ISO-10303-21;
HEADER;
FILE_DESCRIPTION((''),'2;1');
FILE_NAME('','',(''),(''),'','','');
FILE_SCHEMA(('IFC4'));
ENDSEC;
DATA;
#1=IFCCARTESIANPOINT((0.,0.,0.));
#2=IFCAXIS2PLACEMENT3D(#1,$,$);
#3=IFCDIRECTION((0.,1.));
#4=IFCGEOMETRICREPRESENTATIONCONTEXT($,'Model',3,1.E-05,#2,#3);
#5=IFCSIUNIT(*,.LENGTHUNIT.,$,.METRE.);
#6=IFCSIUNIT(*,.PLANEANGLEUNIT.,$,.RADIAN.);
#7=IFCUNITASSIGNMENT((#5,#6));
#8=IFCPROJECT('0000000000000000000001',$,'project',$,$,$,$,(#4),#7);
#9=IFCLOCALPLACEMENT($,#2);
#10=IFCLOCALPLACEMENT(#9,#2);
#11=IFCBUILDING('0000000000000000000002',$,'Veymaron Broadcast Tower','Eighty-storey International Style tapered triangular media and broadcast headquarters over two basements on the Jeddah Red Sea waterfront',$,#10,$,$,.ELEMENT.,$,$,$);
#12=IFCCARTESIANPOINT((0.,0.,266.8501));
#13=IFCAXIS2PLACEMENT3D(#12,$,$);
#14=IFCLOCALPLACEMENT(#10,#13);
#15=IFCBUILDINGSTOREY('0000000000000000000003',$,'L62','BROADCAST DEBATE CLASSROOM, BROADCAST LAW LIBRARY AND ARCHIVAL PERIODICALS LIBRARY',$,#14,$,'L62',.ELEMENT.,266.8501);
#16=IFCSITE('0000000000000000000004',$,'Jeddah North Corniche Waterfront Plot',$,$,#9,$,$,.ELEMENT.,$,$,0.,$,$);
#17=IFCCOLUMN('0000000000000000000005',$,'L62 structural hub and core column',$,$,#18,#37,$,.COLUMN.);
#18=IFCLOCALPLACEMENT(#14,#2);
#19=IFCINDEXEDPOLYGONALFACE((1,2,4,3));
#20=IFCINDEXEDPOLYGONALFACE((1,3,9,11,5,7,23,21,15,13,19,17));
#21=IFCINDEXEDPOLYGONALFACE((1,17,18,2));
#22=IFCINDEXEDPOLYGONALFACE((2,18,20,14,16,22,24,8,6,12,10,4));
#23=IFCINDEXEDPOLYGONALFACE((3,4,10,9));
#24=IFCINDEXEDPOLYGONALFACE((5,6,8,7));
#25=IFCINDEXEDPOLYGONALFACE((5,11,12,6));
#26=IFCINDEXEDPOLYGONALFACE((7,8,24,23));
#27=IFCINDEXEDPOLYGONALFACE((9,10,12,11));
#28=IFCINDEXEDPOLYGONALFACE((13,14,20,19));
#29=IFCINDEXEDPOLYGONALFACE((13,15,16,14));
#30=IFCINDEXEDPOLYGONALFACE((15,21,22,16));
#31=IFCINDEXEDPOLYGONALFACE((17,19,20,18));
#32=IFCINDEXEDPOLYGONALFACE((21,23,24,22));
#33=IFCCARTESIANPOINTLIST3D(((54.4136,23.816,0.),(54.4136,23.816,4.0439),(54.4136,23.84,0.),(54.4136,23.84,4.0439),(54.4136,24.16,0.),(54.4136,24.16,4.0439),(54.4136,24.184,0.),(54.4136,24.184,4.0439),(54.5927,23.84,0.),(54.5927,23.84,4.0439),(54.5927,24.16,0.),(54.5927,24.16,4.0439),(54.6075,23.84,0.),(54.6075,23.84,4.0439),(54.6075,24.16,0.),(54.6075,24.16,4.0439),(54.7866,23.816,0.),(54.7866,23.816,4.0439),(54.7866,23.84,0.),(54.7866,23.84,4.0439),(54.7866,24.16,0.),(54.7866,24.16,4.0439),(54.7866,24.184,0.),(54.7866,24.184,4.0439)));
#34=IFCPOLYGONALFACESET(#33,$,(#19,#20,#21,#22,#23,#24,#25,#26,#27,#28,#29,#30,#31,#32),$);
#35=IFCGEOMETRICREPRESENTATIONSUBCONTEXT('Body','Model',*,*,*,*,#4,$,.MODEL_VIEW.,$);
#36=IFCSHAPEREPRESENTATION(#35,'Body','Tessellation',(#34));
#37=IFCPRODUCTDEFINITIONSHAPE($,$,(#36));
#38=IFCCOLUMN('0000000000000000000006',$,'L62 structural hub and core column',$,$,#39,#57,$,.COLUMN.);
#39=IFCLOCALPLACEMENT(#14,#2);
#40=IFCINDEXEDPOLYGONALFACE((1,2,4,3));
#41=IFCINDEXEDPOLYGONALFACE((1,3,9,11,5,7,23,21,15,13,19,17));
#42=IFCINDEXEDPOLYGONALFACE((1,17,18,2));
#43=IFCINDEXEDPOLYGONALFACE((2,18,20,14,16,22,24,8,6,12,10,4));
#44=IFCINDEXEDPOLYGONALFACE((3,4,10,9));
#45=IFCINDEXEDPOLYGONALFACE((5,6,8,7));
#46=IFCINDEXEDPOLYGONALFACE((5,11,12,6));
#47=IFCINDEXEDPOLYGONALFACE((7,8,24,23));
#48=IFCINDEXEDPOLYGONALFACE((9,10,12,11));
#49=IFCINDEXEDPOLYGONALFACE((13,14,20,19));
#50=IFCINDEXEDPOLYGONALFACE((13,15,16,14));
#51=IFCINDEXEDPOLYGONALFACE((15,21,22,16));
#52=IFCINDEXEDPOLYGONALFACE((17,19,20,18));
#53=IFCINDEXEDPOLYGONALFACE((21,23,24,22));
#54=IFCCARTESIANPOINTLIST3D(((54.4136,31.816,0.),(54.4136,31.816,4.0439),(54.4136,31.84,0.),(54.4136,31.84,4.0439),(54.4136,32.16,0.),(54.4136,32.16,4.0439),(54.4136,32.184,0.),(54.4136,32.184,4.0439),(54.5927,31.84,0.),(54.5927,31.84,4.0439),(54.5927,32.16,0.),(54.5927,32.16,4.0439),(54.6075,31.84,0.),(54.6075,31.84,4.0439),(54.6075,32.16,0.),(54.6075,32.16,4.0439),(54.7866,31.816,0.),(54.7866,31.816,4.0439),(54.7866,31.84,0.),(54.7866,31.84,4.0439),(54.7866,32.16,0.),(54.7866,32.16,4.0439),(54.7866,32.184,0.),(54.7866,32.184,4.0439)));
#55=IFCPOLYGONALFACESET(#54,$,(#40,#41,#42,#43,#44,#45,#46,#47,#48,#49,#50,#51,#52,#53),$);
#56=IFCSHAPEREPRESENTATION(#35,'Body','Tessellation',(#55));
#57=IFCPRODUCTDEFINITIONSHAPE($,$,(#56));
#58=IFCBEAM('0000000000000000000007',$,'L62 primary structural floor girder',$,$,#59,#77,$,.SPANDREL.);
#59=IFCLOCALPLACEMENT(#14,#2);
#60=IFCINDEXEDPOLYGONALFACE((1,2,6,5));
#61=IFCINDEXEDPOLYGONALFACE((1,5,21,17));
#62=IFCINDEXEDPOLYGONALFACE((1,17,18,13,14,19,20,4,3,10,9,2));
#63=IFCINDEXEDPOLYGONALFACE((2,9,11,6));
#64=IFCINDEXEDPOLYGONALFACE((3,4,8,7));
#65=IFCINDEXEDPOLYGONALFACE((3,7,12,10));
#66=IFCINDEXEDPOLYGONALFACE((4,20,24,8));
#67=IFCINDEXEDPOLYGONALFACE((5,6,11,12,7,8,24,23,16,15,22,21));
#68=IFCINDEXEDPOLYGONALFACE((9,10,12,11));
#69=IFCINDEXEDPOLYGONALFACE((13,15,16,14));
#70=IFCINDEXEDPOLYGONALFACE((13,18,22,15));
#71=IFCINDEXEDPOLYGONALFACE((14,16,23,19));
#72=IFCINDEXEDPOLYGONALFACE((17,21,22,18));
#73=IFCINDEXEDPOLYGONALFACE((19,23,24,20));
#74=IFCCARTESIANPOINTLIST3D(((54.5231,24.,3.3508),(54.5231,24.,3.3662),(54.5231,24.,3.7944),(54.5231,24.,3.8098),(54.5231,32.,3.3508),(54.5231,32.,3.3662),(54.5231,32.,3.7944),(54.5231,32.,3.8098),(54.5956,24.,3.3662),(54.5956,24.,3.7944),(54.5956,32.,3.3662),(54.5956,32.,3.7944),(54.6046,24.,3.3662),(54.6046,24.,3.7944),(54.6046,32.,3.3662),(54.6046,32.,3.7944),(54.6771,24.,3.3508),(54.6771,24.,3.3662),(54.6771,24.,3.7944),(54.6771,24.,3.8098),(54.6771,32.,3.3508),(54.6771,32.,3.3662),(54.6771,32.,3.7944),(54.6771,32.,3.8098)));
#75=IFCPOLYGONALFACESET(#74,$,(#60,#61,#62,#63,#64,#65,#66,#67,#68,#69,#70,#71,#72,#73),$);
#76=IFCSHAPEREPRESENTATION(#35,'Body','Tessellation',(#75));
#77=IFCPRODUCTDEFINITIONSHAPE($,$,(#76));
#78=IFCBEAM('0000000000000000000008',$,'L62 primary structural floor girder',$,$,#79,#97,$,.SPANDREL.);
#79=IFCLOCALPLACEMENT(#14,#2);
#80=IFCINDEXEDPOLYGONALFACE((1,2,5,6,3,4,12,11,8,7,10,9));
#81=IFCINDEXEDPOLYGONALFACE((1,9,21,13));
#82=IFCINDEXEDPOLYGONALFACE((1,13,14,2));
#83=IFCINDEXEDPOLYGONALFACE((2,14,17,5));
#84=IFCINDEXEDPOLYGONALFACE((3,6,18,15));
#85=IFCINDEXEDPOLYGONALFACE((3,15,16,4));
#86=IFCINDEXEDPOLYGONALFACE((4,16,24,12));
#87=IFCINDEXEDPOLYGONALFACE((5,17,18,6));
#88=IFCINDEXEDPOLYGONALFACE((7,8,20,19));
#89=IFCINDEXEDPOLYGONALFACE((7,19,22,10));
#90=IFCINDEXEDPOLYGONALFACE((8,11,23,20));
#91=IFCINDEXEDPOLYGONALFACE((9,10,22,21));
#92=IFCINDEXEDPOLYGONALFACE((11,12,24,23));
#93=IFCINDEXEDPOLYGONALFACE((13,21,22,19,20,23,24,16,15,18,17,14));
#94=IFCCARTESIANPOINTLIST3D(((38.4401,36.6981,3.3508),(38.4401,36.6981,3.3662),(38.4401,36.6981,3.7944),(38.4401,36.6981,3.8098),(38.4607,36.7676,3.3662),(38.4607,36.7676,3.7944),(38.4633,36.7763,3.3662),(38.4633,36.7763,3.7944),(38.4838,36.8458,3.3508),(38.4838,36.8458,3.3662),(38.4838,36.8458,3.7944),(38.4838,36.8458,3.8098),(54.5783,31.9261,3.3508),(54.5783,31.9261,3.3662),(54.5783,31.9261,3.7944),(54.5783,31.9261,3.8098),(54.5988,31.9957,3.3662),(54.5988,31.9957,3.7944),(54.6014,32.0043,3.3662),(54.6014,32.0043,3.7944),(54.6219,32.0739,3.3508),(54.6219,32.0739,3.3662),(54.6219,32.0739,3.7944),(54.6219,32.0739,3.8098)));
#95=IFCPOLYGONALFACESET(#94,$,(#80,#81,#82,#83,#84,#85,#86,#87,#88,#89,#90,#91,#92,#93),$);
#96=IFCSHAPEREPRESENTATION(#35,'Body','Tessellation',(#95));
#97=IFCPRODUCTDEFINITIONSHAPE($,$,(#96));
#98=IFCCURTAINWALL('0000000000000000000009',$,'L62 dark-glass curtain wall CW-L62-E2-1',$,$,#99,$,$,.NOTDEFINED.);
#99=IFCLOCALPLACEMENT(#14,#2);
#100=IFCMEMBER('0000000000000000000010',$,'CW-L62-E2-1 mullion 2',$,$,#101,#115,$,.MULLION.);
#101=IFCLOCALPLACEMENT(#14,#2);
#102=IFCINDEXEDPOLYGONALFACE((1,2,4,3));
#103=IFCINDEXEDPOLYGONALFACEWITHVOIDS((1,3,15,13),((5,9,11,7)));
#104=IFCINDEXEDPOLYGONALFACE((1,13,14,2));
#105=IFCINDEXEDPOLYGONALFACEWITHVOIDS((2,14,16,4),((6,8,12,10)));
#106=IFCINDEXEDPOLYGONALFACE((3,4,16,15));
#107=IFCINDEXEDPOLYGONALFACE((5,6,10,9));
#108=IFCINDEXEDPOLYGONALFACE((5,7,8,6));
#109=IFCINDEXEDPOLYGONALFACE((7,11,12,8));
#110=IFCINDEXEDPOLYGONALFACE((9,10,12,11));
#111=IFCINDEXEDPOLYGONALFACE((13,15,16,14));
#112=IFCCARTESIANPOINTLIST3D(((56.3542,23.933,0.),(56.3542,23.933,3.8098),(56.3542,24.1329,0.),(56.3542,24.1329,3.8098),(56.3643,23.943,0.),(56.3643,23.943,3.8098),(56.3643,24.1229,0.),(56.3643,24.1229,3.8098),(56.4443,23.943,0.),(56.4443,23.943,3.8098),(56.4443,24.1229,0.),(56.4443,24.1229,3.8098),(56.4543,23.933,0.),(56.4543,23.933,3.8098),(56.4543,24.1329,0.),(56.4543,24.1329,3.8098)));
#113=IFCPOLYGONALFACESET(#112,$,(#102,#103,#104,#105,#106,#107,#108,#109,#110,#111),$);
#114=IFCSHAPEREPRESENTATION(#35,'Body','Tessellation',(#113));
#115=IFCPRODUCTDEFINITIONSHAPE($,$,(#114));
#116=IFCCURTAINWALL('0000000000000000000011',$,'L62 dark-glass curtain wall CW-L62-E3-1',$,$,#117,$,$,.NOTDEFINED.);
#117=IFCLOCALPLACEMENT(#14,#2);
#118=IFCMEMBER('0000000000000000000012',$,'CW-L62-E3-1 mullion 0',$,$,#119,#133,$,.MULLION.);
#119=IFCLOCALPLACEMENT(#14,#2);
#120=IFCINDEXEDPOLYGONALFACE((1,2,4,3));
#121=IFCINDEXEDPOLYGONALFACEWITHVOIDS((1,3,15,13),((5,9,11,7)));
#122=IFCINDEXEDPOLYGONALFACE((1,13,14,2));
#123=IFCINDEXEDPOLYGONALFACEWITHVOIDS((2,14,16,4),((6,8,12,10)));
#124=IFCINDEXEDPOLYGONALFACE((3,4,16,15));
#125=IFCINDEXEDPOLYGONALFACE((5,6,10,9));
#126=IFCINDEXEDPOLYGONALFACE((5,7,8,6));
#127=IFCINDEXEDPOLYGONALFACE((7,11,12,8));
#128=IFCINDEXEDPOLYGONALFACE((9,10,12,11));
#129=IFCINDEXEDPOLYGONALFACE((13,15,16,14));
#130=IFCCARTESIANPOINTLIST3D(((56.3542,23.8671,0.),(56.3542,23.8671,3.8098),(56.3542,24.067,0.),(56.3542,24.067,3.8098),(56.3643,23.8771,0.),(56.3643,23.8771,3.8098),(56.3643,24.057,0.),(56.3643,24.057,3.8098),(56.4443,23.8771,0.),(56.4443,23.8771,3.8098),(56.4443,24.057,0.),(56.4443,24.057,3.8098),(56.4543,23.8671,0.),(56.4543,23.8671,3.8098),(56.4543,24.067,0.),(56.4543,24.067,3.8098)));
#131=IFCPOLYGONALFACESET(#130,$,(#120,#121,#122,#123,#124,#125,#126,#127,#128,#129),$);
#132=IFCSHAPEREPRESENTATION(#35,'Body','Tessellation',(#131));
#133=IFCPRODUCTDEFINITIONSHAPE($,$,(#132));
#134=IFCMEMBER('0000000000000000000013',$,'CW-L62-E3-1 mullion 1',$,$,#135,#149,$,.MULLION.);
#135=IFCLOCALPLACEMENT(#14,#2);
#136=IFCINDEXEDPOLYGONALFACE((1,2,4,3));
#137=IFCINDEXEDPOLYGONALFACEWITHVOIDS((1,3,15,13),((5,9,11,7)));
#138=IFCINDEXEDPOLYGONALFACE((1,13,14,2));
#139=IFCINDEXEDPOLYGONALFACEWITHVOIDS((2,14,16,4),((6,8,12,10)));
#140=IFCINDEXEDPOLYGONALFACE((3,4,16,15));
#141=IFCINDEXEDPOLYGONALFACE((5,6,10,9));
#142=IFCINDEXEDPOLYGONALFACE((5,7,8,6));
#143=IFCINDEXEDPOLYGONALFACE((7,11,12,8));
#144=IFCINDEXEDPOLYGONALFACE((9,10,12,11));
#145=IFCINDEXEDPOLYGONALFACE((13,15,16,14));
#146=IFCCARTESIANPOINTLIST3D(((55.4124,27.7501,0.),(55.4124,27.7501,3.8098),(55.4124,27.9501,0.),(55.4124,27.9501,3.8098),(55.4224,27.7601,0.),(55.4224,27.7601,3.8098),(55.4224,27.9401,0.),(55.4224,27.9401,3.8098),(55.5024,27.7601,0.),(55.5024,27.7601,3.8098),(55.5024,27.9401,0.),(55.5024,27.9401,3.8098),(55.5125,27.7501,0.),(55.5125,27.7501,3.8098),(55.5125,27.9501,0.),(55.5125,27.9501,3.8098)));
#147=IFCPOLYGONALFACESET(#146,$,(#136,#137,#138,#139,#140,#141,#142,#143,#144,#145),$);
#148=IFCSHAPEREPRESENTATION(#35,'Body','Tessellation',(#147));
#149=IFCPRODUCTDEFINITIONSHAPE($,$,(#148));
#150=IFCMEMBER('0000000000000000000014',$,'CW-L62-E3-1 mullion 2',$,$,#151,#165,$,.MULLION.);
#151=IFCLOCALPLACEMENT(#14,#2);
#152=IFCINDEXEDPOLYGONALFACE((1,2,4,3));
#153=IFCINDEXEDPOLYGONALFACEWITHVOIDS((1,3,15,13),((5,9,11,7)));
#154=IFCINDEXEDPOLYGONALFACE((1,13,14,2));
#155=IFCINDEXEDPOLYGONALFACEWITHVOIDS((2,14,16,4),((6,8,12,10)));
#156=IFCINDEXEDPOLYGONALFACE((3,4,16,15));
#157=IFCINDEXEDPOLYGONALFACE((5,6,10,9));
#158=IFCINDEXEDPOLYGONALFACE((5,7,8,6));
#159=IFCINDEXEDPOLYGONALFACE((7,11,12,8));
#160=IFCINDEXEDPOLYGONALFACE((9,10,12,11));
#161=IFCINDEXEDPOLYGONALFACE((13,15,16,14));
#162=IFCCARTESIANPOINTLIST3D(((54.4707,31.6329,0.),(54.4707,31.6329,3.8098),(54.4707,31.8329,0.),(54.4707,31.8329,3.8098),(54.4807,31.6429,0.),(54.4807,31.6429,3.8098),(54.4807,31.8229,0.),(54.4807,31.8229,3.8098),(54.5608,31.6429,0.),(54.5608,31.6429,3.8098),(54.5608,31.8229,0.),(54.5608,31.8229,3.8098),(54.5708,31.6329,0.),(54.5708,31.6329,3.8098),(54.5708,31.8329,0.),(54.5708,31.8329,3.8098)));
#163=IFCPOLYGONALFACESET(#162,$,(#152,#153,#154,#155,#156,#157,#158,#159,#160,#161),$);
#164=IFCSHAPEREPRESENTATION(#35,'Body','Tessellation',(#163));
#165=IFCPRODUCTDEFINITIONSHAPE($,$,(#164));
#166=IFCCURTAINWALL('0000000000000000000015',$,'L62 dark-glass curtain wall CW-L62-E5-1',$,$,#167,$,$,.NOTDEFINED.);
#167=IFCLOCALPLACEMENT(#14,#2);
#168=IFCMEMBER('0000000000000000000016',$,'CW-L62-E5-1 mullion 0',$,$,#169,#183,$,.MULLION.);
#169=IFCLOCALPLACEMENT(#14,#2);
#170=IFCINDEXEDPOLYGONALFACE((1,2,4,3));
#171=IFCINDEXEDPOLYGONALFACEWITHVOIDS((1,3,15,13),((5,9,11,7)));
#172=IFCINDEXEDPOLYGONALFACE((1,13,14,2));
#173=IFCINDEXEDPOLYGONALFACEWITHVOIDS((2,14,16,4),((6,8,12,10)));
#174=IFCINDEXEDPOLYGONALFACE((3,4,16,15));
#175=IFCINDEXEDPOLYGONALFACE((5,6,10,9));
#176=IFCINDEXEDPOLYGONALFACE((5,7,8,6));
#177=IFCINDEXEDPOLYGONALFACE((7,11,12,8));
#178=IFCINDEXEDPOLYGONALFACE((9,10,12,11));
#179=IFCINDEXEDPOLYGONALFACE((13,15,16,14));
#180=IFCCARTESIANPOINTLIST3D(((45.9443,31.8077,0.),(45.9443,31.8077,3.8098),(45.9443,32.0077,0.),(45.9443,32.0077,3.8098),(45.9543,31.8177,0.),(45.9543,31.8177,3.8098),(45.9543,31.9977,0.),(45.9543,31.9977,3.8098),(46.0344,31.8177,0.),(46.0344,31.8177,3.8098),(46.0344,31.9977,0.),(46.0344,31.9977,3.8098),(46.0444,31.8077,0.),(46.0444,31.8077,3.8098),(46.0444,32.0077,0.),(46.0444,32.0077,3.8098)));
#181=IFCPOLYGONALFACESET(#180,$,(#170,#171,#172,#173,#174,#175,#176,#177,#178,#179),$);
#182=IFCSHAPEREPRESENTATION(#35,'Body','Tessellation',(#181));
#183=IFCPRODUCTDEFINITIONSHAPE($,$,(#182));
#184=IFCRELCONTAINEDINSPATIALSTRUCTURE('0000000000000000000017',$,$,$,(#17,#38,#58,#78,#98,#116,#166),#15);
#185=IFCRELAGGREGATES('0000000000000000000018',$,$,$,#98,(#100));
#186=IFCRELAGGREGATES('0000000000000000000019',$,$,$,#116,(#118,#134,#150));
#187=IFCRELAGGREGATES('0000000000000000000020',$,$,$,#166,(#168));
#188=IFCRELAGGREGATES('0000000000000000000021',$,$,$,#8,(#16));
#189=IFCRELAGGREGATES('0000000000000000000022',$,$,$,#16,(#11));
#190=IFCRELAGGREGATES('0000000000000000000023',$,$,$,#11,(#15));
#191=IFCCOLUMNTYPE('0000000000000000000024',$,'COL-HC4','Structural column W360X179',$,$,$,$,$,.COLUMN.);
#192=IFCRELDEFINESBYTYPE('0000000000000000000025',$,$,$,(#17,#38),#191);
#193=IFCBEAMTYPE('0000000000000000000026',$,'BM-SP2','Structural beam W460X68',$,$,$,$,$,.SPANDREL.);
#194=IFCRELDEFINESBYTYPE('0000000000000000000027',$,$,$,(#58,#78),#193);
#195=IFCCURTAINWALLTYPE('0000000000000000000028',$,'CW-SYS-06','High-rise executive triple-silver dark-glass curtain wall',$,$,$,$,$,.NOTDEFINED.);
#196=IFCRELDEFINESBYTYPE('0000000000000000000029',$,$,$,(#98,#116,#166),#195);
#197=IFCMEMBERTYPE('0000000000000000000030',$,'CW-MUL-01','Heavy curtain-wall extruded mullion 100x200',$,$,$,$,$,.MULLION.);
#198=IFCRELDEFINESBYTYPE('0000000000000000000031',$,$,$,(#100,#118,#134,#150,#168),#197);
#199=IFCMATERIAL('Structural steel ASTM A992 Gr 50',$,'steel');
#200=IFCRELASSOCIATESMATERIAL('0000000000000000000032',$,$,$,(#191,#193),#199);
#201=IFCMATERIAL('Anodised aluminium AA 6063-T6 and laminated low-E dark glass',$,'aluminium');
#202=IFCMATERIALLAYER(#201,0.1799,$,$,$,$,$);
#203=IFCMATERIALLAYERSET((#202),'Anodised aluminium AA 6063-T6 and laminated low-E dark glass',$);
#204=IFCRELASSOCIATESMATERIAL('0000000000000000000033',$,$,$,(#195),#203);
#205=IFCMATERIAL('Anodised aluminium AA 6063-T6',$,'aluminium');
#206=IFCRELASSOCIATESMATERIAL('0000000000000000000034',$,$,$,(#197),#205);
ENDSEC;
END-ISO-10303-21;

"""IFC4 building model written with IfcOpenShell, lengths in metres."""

from ifc_helpers import new_model, si_unit, direction, frame, origin, origin_2d, place, context, subcontext, project, spatial, hollow_rectangle, i_section, extrude, material, layer, layer_set, material_profile, profile_set, type_object, element, aggregate, save


model = new_model("IFC4")

# Units and contexts
model_context = context("Model", 3, precision=1e-05, world=origin(), true_north=direction((0.0, 1.0)))
body_context = subcontext(model_context, "Body", "Model", "MODEL_VIEW")
ifc_project = project(units=[si_unit("LENGTHUNIT", "METRE"), si_unit("PLANEANGLEUNIT", "RADIAN")], contexts=[model_context])

# Site, building, storey
site_placement = place(None, origin())
site = spatial("IfcSite", under=ifc_project, at=site_placement, Name="Jeddah North Corniche Waterfront Plot", CompositionType="ELEMENT", RefElevation=0.0)
building_placement = place(site_placement, origin())
building = spatial("IfcBuilding", under=site, at=building_placement, Name="Veymaron Broadcast Tower", Description="Eighty-storey International Style tapered triangular media and broadcast headquarters over two basements on the Jeddah Red Sea waterfront", CompositionType="ELEMENT")
storey_placement = place(building_placement, frame((0.0, 0.0, 266.8501)))
storey = spatial("IfcBuildingStorey", under=building, at=storey_placement, Name="L62", Description="BROADCAST DEBATE CLASSROOM, BROADCAST LAW LIBRARY AND ARCHIVAL PERIODICALS LIBRARY", LongName="L62", CompositionType="ELEMENT", Elevation=266.8501)

# Columns
ifc_material_1 = material(Name="Structural steel ASTM A992 Gr 50", Category="steel")
ifc_material_profile_1 = material_profile(ifc_material_1, i_section(OverallWidth=0.373, OverallDepth=0.3679, WebThickness=0.0149, FlangeThickness=0.0239, at=origin_2d()), Name="W360X179")
ifc_profile_set_1 = profile_set([ifc_material_profile_1], Name="Structural steel ASTM A992 Gr 50")
column_type = type_object("IfcColumnType", Name="COL-HC4", Description="Structural column W360X179", PredefinedType="COLUMN", material=ifc_profile_set_1)
for number, where, z_axis, x_axis, name in (
    (1, (54.6001, 24.0, 0.0), (0.0, 0.0, 1.0), (1.0, 0.0, 0.0), "L62 structural hub and core column"),
    (2, (54.6001, 32.0, 0.0), (0.0, 0.0, 1.0), (1.0, 0.0, 0.0), "L62 structural hub and core column"),
):
    element("IfcColumn", number, at=place(storey_placement, frame(where, z_axis=z_axis, x_axis=x_axis)), inside=storey, type_object=column_type, Name=name, PredefinedType="COLUMN", context=body_context, shape_type="SweptSolid", body=[
        extrude(i_section(OverallWidth=0.373, OverallDepth=0.3679, WebThickness=0.0149, FlangeThickness=0.0239, at=origin_2d()), origin(), (0.0, 0.0, 1.0), 4.0439),
    ])

# Beams
ifc_material_profile_2 = material_profile(ifc_material_1, i_section(OverallWidth=0.1541, OverallDepth=0.459, WebThickness=0.009, FlangeThickness=0.0154, at=origin_2d()), Name="W460X68")
ifc_profile_set_2 = profile_set([ifc_material_profile_2], Name="Structural steel ASTM A992 Gr 50")
beam_type = type_object("IfcBeamType", Name="BM-SP2", Description="Structural beam W460X68", PredefinedType="SPANDREL", material=ifc_profile_set_2)
beam_1_placement = place(storey_placement, frame((54.6001, 24.0, 3.5803), z_axis=(0.0, 1.0, 0.0), x_axis=(-1.0, 0.0, 0.0)))
element("IfcBeam", 3, at=beam_1_placement, inside=storey, type_object=beam_type, Name="L62 primary structural floor girder", PredefinedType="SPANDREL", context=body_context, shape_type="SweptSolid", body=[
    extrude(i_section(OverallWidth=0.1541, OverallDepth=0.459, WebThickness=0.009, FlangeThickness=0.0154, at=origin_2d()), origin(), (0.0, 0.0, 1.0), 8.0),
])
beam_2_placement = place(storey_placement, frame((54.6001, 32.0, 3.5803), z_axis=(-0.958955, 0.283558, 0.0), x_axis=(-0.283558, -0.958955, 0.0)))
element("IfcBeam", 4, at=beam_2_placement, inside=storey, type_object=beam_type, Name="L62 primary structural floor girder", PredefinedType="SPANDREL", context=body_context, shape_type="SweptSolid", body=[
    extrude(i_section(OverallWidth=0.1541, OverallDepth=0.459, WebThickness=0.009, FlangeThickness=0.0154, at=origin_2d()), origin(), (0.0, 0.0, 1.0), 16.8289),
])

# Curtain wall, member
ifc_material_2 = material(Name="Anodised aluminium AA 6063-T6 and laminated low-E dark glass", Category="aluminium")
ifc_layer_1 = layer(ifc_material_2, 0.1799)
ifc_layer_set_1 = layer_set([ifc_layer_1], Name="Anodised aluminium AA 6063-T6 and laminated low-E dark glass")
curtain_wall_type = type_object("IfcCurtainWallType", Name="CW-SYS-06", Description="High-rise executive triple-silver dark-glass curtain wall", PredefinedType="NOTDEFINED", material=ifc_layer_set_1)
curtain_wall_1_placement = place(storey_placement, origin())
curtain_wall_1 = element("IfcCurtainWall", 5, at=curtain_wall_1_placement, inside=storey, type_object=curtain_wall_type, Name="L62 dark-glass curtain wall CW-L62-E2-1", PredefinedType="NOTDEFINED")
ifc_material_3 = material(Name="Anodised aluminium AA 6063-T6", Category="aluminium")
ifc_material_profile_3 = material_profile(ifc_material_3, hollow_rectangle(XDim=0.1001, YDim=0.2, WallThickness=0.01, at=origin_2d()), Name="RHS200X100X10")
ifc_profile_set_3 = profile_set([ifc_material_profile_3], Name="Anodised aluminium AA 6063-T6")
member_type_1 = type_object("IfcMemberType", Name="CW-MUL-01", Description="Heavy curtain-wall extruded mullion 100x200", PredefinedType="MULLION", material=ifc_profile_set_3)
member_1_placement = place(storey_placement, frame((56.4043, 24.033, 0.0), z_axis=(0.0, 0.0, 1.0), x_axis=(1.0, 0.0, 0.0)))
member_1 = element("IfcMember", 6, at=member_1_placement, type_object=member_type_1, Name="CW-L62-E2-1 mullion 2", PredefinedType="MULLION", context=body_context, shape_type="SweptSolid", body=[
    extrude(hollow_rectangle(XDim=0.1001, YDim=0.2, WallThickness=0.01, at=origin_2d()), origin(), (0.0, 0.0, 1.0), 3.8098),
])
aggregate(curtain_wall_1, [member_1])

# Curtain wall, members
curtain_wall_2_placement = place(storey_placement, origin())
curtain_wall_2 = element("IfcCurtainWall", 7, at=curtain_wall_2_placement, inside=storey, type_object=curtain_wall_type, Name="L62 dark-glass curtain wall CW-L62-E3-1", PredefinedType="NOTDEFINED")
member_2_placement = place(storey_placement, frame((56.4043, 23.967, 0.0), z_axis=(0.0, 0.0, 1.0), x_axis=(1.0, 0.0, 0.0)))
member_2 = element("IfcMember", 8, at=member_2_placement, type_object=member_type_1, Name="CW-L62-E3-1 mullion 0", PredefinedType="MULLION", context=body_context, shape_type="SweptSolid", body=[
    extrude(hollow_rectangle(XDim=0.1001, YDim=0.2, WallThickness=0.01, at=origin_2d()), origin(), (0.0, 0.0, 1.0), 3.8098),
])
member_3_placement = place(storey_placement, frame((55.4624, 27.8501, 0.0), z_axis=(0.0, 0.0, 1.0), x_axis=(1.0, 0.0, 0.0)))
member_3 = element("IfcMember", 9, at=member_3_placement, type_object=member_type_1, Name="CW-L62-E3-1 mullion 1", PredefinedType="MULLION", context=body_context, shape_type="SweptSolid", body=[
    extrude(hollow_rectangle(XDim=0.1001, YDim=0.2, WallThickness=0.01, at=origin_2d()), origin(), (0.0, 0.0, 1.0), 3.8098),
])
member_4_placement = place(storey_placement, frame((54.5208, 31.7329, 0.0), z_axis=(0.0, 0.0, 1.0), x_axis=(1.0, 0.0, 0.0)))
member_4 = element("IfcMember", 10, at=member_4_placement, type_object=member_type_1, Name="CW-L62-E3-1 mullion 2", PredefinedType="MULLION", context=body_context, shape_type="SweptSolid", body=[
    extrude(hollow_rectangle(XDim=0.1001, YDim=0.2, WallThickness=0.01, at=origin_2d()), origin(), (0.0, 0.0, 1.0), 3.8098),
])

# Curtain wall, member
curtain_wall_3_placement = place(storey_placement, origin())
curtain_wall_3 = element("IfcCurtainWall", 11, at=curtain_wall_3_placement, inside=storey, type_object=curtain_wall_type, Name="L62 dark-glass curtain wall CW-L62-E5-1", PredefinedType="NOTDEFINED")
member_5_placement = place(storey_placement, frame((45.9944, 31.9077, 0.0), z_axis=(0.0, 0.0, 1.0), x_axis=(1.0, 0.0, 0.0)))
member_5 = element("IfcMember", 12, at=member_5_placement, type_object=member_type_1, Name="CW-L62-E5-1 mullion 0", PredefinedType="MULLION", context=body_context, shape_type="SweptSolid", body=[
    extrude(hollow_rectangle(XDim=0.1001, YDim=0.2, WallThickness=0.01, at=origin_2d()), origin(), (0.0, 0.0, 1.0), 3.8098),
])

aggregate(curtain_wall_2, [member_2, member_3, member_4])
aggregate(curtain_wall_3, [member_5])

save(model, "model.ifc")
